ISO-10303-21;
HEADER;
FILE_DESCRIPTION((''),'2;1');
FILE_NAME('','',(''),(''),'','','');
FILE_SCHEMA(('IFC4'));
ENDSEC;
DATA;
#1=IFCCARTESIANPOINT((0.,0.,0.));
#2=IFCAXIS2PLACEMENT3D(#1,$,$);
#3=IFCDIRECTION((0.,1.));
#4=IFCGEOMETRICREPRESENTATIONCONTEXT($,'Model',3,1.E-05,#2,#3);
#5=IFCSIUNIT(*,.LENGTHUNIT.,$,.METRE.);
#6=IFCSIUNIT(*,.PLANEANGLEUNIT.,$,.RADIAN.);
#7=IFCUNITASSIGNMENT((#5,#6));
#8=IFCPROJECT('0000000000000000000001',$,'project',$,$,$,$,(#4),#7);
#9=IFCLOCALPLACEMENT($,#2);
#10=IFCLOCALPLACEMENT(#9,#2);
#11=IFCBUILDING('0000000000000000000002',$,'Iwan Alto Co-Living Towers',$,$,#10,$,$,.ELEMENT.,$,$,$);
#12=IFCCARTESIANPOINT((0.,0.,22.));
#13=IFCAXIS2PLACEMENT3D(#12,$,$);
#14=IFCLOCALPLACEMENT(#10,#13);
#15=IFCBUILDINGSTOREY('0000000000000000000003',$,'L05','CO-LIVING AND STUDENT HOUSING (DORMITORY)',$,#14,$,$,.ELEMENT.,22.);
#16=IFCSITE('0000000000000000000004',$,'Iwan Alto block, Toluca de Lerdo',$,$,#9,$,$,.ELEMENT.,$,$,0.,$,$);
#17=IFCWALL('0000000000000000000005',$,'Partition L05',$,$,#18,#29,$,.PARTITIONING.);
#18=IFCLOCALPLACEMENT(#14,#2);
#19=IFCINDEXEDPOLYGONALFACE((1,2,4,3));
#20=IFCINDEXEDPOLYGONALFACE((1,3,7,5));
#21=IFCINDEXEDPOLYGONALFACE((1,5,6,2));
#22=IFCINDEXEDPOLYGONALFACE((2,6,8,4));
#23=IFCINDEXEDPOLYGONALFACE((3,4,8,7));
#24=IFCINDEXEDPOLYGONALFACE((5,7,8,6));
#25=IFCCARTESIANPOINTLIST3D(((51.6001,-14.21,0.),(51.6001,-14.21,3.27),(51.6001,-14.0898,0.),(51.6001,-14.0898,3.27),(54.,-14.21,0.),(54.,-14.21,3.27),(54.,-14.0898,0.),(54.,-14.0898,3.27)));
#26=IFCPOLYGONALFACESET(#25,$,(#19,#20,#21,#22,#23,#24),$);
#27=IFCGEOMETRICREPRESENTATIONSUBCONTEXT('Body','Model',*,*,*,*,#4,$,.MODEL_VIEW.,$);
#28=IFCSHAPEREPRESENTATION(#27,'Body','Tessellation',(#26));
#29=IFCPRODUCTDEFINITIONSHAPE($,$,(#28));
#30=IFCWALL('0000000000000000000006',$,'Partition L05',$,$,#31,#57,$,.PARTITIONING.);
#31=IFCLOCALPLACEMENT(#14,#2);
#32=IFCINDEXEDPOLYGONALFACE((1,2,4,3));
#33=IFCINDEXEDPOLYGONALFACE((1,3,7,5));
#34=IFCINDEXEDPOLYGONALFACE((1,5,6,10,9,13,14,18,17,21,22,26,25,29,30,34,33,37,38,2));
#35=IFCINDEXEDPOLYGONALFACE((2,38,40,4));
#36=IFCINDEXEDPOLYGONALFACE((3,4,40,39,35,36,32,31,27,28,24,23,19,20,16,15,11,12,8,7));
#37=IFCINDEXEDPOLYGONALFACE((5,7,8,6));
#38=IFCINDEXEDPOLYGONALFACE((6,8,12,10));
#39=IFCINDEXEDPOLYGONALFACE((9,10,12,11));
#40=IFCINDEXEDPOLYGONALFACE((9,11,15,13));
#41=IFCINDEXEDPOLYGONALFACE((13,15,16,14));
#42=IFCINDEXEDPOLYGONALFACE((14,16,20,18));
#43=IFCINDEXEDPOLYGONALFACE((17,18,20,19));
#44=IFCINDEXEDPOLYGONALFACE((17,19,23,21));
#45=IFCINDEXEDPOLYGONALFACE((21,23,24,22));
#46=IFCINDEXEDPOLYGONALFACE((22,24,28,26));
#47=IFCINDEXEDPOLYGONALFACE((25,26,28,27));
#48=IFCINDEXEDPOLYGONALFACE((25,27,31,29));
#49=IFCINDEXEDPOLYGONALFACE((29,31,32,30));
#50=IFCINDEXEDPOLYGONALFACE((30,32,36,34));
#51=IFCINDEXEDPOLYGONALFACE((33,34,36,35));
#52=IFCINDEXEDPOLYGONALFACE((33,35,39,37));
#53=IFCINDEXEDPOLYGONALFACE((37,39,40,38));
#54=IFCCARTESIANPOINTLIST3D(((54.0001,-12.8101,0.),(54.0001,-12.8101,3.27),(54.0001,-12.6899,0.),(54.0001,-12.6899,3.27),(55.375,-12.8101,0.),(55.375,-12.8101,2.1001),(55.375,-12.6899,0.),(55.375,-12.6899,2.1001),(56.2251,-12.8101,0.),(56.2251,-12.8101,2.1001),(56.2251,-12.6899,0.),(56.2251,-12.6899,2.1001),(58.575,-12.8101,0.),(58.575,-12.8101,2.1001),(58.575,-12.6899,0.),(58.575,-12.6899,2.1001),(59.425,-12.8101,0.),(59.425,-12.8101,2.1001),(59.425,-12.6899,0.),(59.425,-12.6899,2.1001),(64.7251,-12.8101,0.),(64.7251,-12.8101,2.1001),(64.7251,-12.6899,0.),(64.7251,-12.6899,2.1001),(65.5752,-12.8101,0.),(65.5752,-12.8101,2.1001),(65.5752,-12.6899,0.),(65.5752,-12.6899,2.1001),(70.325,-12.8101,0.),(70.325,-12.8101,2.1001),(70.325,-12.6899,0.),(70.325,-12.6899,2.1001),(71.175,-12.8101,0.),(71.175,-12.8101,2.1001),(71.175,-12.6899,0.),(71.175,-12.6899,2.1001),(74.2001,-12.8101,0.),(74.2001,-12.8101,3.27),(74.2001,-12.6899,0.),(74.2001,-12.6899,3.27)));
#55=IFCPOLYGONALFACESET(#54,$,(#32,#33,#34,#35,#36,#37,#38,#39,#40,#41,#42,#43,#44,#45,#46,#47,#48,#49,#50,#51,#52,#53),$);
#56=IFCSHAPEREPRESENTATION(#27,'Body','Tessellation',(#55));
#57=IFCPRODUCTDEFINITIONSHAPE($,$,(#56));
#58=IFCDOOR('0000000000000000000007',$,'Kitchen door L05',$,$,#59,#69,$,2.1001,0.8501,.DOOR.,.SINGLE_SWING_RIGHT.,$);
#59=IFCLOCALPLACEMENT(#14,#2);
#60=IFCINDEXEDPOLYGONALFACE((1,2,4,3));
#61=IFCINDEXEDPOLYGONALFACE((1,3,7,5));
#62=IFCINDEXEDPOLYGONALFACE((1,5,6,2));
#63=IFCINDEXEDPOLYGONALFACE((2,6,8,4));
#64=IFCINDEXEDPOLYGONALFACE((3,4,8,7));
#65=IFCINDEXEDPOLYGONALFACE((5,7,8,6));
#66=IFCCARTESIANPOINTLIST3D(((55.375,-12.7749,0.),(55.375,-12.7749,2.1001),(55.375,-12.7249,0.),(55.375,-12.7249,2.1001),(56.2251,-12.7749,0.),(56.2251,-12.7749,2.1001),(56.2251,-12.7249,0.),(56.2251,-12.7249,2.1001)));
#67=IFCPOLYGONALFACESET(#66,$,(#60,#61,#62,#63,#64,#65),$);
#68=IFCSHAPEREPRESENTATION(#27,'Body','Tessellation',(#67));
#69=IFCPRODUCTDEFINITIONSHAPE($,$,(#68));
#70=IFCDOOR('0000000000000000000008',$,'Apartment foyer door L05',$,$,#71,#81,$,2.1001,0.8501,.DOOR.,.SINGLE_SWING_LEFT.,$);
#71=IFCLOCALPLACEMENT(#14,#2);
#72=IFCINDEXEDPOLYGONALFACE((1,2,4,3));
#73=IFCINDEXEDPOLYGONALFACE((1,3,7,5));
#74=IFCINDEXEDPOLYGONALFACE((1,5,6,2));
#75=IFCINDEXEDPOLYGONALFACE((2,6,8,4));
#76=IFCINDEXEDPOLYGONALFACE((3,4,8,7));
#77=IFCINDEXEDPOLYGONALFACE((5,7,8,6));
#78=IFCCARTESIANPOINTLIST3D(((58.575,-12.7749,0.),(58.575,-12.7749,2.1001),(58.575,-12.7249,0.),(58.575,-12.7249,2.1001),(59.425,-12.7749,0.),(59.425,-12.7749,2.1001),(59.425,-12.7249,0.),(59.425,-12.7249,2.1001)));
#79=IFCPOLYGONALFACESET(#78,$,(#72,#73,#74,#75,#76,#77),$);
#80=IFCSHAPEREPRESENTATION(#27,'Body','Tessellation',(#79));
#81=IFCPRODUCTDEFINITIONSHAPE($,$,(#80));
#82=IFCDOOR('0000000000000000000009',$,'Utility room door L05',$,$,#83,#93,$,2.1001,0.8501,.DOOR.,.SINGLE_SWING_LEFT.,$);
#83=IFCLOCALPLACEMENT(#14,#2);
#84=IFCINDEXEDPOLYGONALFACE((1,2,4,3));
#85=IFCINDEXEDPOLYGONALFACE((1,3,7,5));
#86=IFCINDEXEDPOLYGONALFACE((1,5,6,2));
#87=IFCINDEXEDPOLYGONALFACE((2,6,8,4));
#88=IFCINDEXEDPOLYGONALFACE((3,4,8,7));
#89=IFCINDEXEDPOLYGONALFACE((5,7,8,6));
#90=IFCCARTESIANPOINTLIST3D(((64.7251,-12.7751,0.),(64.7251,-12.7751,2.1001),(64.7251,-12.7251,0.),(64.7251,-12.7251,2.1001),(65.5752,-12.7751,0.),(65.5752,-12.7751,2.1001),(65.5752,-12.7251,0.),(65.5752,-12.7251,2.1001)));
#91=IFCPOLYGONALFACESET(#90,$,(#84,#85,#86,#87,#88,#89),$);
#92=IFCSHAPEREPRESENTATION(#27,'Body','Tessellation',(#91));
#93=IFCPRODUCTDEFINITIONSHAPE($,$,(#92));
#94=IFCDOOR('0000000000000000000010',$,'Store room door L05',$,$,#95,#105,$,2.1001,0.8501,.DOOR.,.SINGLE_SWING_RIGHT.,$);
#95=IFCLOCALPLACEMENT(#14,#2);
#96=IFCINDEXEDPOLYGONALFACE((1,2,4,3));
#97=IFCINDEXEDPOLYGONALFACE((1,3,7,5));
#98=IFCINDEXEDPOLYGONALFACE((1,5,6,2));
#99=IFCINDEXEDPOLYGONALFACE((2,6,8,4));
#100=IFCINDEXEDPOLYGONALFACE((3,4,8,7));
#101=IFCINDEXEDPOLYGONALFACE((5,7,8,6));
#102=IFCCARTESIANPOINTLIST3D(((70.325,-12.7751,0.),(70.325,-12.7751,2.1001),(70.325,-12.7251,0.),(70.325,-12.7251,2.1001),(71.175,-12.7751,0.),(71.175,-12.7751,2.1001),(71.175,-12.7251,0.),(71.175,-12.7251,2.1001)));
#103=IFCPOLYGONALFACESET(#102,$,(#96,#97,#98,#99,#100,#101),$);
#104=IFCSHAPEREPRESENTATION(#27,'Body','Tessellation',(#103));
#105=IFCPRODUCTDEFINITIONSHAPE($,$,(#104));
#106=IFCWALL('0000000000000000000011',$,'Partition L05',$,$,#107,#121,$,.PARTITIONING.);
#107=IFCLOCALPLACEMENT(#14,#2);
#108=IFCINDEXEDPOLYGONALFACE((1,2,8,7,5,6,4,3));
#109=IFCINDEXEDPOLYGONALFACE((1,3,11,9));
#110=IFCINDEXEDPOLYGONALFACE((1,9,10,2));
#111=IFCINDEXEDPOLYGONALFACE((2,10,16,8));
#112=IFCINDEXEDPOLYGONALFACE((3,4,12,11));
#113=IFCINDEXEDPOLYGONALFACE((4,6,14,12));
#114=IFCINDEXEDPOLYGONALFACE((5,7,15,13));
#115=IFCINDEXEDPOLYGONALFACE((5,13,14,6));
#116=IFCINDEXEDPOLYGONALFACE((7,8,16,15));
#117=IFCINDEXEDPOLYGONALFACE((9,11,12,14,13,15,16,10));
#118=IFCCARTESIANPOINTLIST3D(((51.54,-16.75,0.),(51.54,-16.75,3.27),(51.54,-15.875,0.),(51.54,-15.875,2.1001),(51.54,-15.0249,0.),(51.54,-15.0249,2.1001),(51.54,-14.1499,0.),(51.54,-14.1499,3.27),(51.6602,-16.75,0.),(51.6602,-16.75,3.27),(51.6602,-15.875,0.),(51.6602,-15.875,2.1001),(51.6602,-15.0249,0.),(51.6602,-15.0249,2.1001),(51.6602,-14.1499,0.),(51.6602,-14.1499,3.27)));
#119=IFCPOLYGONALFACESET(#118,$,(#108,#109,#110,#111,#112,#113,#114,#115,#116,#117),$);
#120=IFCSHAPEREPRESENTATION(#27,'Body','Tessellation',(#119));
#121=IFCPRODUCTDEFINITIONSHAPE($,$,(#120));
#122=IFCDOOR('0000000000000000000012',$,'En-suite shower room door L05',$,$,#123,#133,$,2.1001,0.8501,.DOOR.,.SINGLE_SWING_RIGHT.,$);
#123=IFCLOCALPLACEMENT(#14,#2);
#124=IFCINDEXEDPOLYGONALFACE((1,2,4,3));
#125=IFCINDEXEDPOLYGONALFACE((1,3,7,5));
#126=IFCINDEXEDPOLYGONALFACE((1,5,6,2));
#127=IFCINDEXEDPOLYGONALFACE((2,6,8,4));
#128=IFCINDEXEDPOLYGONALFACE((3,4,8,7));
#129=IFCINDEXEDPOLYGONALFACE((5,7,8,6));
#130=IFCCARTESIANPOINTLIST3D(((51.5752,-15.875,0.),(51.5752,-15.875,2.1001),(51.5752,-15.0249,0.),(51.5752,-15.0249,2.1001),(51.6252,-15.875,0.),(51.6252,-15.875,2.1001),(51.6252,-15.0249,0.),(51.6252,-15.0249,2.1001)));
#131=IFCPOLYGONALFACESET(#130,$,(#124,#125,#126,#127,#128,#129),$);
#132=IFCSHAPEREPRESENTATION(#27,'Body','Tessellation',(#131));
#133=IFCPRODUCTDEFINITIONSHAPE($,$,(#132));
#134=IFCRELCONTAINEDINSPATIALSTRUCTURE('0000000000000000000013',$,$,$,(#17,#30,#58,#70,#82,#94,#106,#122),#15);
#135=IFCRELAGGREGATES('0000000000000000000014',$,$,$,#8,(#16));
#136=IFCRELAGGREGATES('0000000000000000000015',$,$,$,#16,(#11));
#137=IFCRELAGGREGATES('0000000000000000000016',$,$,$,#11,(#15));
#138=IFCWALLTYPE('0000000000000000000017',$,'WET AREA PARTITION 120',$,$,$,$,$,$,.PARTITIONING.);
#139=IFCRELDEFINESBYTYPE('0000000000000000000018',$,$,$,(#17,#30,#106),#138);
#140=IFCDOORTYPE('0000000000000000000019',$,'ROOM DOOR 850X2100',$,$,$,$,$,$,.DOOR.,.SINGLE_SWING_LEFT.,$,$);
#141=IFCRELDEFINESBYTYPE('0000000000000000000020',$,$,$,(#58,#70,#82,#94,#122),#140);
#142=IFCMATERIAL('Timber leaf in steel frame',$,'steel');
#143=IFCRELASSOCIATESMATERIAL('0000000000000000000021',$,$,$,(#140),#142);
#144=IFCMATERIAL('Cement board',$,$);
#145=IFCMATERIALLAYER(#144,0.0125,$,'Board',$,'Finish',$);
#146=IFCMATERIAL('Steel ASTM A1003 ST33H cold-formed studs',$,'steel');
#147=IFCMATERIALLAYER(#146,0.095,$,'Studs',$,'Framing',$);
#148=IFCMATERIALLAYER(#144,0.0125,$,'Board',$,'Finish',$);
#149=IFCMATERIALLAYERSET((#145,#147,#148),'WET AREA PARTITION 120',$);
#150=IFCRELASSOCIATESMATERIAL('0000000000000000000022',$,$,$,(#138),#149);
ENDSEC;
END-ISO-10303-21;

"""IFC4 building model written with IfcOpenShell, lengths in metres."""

from ifc_helpers import new_model, si_unit, direction, frame, frame_2d, origin, place, context, subcontext, project, spatial, rectangle, extrude, material, layer, layer_set, type_object, element, fill, save


model = new_model("IFC4")

# Units and contexts
model_context = context("Model", 3, precision=1e-05, world=origin(), true_north=direction((0.0, 1.0)))
body_context = subcontext(model_context, "Body", "Model", "MODEL_VIEW")
ifc_project = project(units=[si_unit("LENGTHUNIT", "METRE"), si_unit("PLANEANGLEUNIT", "RADIAN")], contexts=[model_context])

# Site, building, storey
site_placement = place(None, origin())
site = spatial("IfcSite", under=ifc_project, at=site_placement, Name="Iwan Alto block, Toluca de Lerdo", CompositionType="ELEMENT", RefElevation=0.0)
building_placement = place(site_placement, origin())
building = spatial("IfcBuilding", under=site, at=building_placement, Name="Iwan Alto Co-Living Towers", CompositionType="ELEMENT")
storey_placement = place(building_placement, frame((0.0, 0.0, 22.0)))
storey = spatial("IfcBuildingStorey", under=building, at=storey_placement, Name="L05", Description="CO-LIVING AND STUDENT HOUSING (DORMITORY)", CompositionType="ELEMENT", Elevation=22.0)

# Shared definitions
ifc_material_1 = material(Name="Steel ASTM A1003 ST33H cold-formed studs", Category="steel")

# Shared definitions
ifc_material_2 = material(Name="Timber leaf in steel frame", Category="steel")
door_type = type_object("IfcDoorType", Name="ROOM DOOR 850X2100", OperationType="SINGLE_SWING_LEFT", PredefinedType="DOOR", material=ifc_material_2)

# Wall
ifc_material_3 = material(Name="Cement board")
ifc_layer_1 = layer(ifc_material_3, 0.0125, Name="Board", Category="Finish")
ifc_layer_2 = layer(ifc_material_1, 0.095, Name="Studs", Category="Framing")
ifc_layer_3 = layer(ifc_material_3, 0.0125, Name="Board", Category="Finish")
ifc_layer_set_1 = layer_set([ifc_layer_1, ifc_layer_2, ifc_layer_3], Name="WET AREA PARTITION 120")
wall_type_1 = type_object("IfcWallType", Name="WET AREA PARTITION 120", PredefinedType="PARTITIONING", material=ifc_layer_set_1)
for number, where, z_axis, x_axis, name in (
    (1, (51.6001, -14.1499, 0.0), (0.0, 0.0, 1.0), (1.0, 0.0, 0.0), "Partition L05"),
):
    element("IfcWall", number, at=place(storey_placement, frame(where, z_axis=z_axis, x_axis=x_axis)), inside=storey, type_object=wall_type_1, Name=name, PredefinedType="PARTITIONING", context=body_context, shape_type="SweptSolid", body=[
        extrude(rectangle(XDim=2.3999, YDim=0.1201, at=frame_2d((1.2, 0.0))), origin(), (0.0, 0.0, 1.0), 3.27),
    ])

# Wall, openings, doors
wall_1_placement = place(storey_placement, frame((54.0, -12.75, 0.0), z_axis=(0.0, 0.0, 1.0), x_axis=(1.0, 0.0, 0.0)))
wall_1 = element("IfcWall", 2, at=wall_1_placement, inside=storey, type_object=wall_type_1, Name="Partition L05", PredefinedType="PARTITIONING", context=body_context, shape_type="SweptSolid", body=[
    extrude(rectangle(XDim=20.2, YDim=0.1201, at=frame_2d((10.1001, 0.0))), origin(), (0.0, 0.0, 1.0), 3.27),
])
opening_1_placement = place(wall_1_placement, frame((1.375, 0.0, 0.0)))
opening_1 = element("IfcOpeningElement", 3, at=opening_1_placement, cuts=wall_1, PredefinedType="OPENING", context=body_context, shape_type="SweptSolid", body=[
    extrude(rectangle(XDim=0.8501, YDim=2.1001, at=frame_2d((0.425, 1.05))), frame((0.0, 0.0701, 0.0), z_axis=(0.0, -1.0, 0.0), x_axis=(1.0, 0.0, 0.0)), (0.0, 0.0, 1.0), 0.1401),
])
opening_2_placement = place(wall_1_placement, frame((4.575, 0.0, 0.0)))
opening_2 = element("IfcOpeningElement", 4, at=opening_2_placement, cuts=wall_1, PredefinedType="OPENING", context=body_context, shape_type="SweptSolid", body=[
    extrude(rectangle(XDim=0.8501, YDim=2.1001, at=frame_2d((0.425, 1.05))), frame((0.0, 0.0701, 0.0), z_axis=(0.0, -1.0, 0.0), x_axis=(1.0, 0.0, 0.0)), (0.0, 0.0, 1.0), 0.1401),
])
opening_3_placement = place(wall_1_placement, frame((10.7251, 0.0, 0.0)))
opening_3 = element("IfcOpeningElement", 5, at=opening_3_placement, cuts=wall_1, PredefinedType="OPENING", context=body_context, shape_type="SweptSolid", body=[
    extrude(rectangle(XDim=0.8501, YDim=2.1001, at=frame_2d((0.425, 1.05))), frame((0.0, 0.0701, 0.0), z_axis=(0.0, -1.0, 0.0), x_axis=(1.0, 0.0, 0.0)), (0.0, 0.0, 1.0), 0.1401),
])
opening_4_placement = place(wall_1_placement, frame((16.325, 0.0, 0.0)))
opening_4 = element("IfcOpeningElement", 6, at=opening_4_placement, cuts=wall_1, PredefinedType="OPENING", context=body_context, shape_type="SweptSolid", body=[
    extrude(rectangle(XDim=0.8501, YDim=2.1001, at=frame_2d((0.425, 1.05))), frame((0.0, 0.0701, 0.0), z_axis=(0.0, -1.0, 0.0), x_axis=(1.0, 0.0, 0.0)), (0.0, 0.0, 1.0), 0.1401),
])
door_1_placement = place(opening_1_placement, frame((0.8501, 0.0, 0.0), z_axis=(0.0, 0.0, 1.0), x_axis=(-1.0, 0.0, 0.0)))
door_1 = element("IfcDoor", 7, at=door_1_placement, inside=storey, type_object=door_type, Name="Kitchen door L05", OperationType="SINGLE_SWING_RIGHT", OverallHeight=2.1001, OverallWidth=0.8501, PredefinedType="DOOR", context=body_context, shape_type="SweptSolid", body=[
    extrude(rectangle(XDim=0.8501, YDim=2.1001, at=frame_2d((0.425, 1.05))), frame((0.0, 0.0249, 0.0), z_axis=(0.0, -1.0, 0.0), x_axis=(1.0, 0.0, 0.0)), (0.0, 0.0, 1.0), 0.05),
])
fill(opening_1, door_1)
door_2_placement = place(opening_2_placement, frame((0.8501, 0.0, 0.0), z_axis=(0.0, 0.0, 1.0), x_axis=(-1.0, 0.0, 0.0)))
door_2 = element("IfcDoor", 8, at=door_2_placement, inside=storey, type_object=door_type, Name="Apartment foyer door L05", OperationType="SINGLE_SWING_LEFT", OverallHeight=2.1001, OverallWidth=0.8501, PredefinedType="DOOR", context=body_context, shape_type="SweptSolid", body=[
    extrude(rectangle(XDim=0.8501, YDim=2.1001, at=frame_2d((0.425, 1.05))), frame((0.0, 0.0249, 0.0), z_axis=(0.0, -1.0, 0.0), x_axis=(1.0, 0.0, 0.0)), (0.0, 0.0, 1.0), 0.05),
])
fill(opening_2, door_2)
door_3_placement = place(opening_3_placement, origin())
door_3 = element("IfcDoor", 9, at=door_3_placement, inside=storey, type_object=door_type, Name="Utility room door L05", OperationType="SINGLE_SWING_LEFT", OverallHeight=2.1001, OverallWidth=0.8501, PredefinedType="DOOR", context=body_context, shape_type="SweptSolid", body=[
    extrude(rectangle(XDim=0.8501, YDim=2.1001, at=frame_2d((0.425, 1.05))), frame((0.0, 0.0249, 0.0), z_axis=(0.0, -1.0, 0.0), x_axis=(1.0, 0.0, 0.0)), (0.0, 0.0, 1.0), 0.05),
])
fill(opening_3, door_3)
door_4_placement = place(opening_4_placement, origin())
door_4 = element("IfcDoor", 10, at=door_4_placement, inside=storey, type_object=door_type, Name="Store room door L05", OperationType="SINGLE_SWING_RIGHT", OverallHeight=2.1001, OverallWidth=0.8501, PredefinedType="DOOR", context=body_context, shape_type="SweptSolid", body=[
    extrude(rectangle(XDim=0.8501, YDim=2.1001, at=frame_2d((0.425, 1.05))), frame((0.0, 0.0249, 0.0), z_axis=(0.0, -1.0, 0.0), x_axis=(1.0, 0.0, 0.0)), (0.0, 0.0, 1.0), 0.05),
])
fill(opening_4, door_4)

# Wall, opening, door
wall_2_placement = place(storey_placement, frame((51.6001, -16.75, 0.0), z_axis=(0.0, 0.0, 1.0), x_axis=(0.0, 1.0, 0.0)))
wall_2 = element("IfcWall", 11, at=wall_2_placement, inside=storey, type_object=wall_type_1, Name="Partition L05", PredefinedType="PARTITIONING", context=body_context, shape_type="SweptSolid", body=[
    extrude(rectangle(XDim=2.6001, YDim=0.1201, at=frame_2d((1.3, 0.0))), origin(), (0.0, 0.0, 1.0), 3.27),
])
opening_5_placement = place(wall_2_placement, frame((0.875, 0.0, 0.0)))
opening_5 = element("IfcOpeningElement", 12, at=opening_5_placement, cuts=wall_2, PredefinedType="OPENING", context=body_context, shape_type="SweptSolid", body=[
    extrude(rectangle(XDim=0.8501, YDim=2.1001, at=frame_2d((0.425, 1.05))), frame((0.0, 0.0701, 0.0), z_axis=(0.0, -1.0, 0.0), x_axis=(1.0, 0.0, 0.0)), (0.0, 0.0, 1.0), 0.1401),
])
door_5_placement = place(opening_5_placement, origin())
door_5 = element("IfcDoor", 13, at=door_5_placement, inside=storey, type_object=door_type, Name="En-suite shower room door L05", OperationType="SINGLE_SWING_RIGHT", OverallHeight=2.1001, OverallWidth=0.8501, PredefinedType="DOOR", context=body_context, shape_type="SweptSolid", body=[
    extrude(rectangle(XDim=0.8501, YDim=2.1001, at=frame_2d((0.425, 1.05))), frame((0.0, 0.0249, 0.0), z_axis=(0.0, -1.0, 0.0), x_axis=(1.0, 0.0, 0.0)), (0.0, 0.0, 1.0), 0.05),
])
fill(opening_5, door_5)

save(model, "model.ifc")
